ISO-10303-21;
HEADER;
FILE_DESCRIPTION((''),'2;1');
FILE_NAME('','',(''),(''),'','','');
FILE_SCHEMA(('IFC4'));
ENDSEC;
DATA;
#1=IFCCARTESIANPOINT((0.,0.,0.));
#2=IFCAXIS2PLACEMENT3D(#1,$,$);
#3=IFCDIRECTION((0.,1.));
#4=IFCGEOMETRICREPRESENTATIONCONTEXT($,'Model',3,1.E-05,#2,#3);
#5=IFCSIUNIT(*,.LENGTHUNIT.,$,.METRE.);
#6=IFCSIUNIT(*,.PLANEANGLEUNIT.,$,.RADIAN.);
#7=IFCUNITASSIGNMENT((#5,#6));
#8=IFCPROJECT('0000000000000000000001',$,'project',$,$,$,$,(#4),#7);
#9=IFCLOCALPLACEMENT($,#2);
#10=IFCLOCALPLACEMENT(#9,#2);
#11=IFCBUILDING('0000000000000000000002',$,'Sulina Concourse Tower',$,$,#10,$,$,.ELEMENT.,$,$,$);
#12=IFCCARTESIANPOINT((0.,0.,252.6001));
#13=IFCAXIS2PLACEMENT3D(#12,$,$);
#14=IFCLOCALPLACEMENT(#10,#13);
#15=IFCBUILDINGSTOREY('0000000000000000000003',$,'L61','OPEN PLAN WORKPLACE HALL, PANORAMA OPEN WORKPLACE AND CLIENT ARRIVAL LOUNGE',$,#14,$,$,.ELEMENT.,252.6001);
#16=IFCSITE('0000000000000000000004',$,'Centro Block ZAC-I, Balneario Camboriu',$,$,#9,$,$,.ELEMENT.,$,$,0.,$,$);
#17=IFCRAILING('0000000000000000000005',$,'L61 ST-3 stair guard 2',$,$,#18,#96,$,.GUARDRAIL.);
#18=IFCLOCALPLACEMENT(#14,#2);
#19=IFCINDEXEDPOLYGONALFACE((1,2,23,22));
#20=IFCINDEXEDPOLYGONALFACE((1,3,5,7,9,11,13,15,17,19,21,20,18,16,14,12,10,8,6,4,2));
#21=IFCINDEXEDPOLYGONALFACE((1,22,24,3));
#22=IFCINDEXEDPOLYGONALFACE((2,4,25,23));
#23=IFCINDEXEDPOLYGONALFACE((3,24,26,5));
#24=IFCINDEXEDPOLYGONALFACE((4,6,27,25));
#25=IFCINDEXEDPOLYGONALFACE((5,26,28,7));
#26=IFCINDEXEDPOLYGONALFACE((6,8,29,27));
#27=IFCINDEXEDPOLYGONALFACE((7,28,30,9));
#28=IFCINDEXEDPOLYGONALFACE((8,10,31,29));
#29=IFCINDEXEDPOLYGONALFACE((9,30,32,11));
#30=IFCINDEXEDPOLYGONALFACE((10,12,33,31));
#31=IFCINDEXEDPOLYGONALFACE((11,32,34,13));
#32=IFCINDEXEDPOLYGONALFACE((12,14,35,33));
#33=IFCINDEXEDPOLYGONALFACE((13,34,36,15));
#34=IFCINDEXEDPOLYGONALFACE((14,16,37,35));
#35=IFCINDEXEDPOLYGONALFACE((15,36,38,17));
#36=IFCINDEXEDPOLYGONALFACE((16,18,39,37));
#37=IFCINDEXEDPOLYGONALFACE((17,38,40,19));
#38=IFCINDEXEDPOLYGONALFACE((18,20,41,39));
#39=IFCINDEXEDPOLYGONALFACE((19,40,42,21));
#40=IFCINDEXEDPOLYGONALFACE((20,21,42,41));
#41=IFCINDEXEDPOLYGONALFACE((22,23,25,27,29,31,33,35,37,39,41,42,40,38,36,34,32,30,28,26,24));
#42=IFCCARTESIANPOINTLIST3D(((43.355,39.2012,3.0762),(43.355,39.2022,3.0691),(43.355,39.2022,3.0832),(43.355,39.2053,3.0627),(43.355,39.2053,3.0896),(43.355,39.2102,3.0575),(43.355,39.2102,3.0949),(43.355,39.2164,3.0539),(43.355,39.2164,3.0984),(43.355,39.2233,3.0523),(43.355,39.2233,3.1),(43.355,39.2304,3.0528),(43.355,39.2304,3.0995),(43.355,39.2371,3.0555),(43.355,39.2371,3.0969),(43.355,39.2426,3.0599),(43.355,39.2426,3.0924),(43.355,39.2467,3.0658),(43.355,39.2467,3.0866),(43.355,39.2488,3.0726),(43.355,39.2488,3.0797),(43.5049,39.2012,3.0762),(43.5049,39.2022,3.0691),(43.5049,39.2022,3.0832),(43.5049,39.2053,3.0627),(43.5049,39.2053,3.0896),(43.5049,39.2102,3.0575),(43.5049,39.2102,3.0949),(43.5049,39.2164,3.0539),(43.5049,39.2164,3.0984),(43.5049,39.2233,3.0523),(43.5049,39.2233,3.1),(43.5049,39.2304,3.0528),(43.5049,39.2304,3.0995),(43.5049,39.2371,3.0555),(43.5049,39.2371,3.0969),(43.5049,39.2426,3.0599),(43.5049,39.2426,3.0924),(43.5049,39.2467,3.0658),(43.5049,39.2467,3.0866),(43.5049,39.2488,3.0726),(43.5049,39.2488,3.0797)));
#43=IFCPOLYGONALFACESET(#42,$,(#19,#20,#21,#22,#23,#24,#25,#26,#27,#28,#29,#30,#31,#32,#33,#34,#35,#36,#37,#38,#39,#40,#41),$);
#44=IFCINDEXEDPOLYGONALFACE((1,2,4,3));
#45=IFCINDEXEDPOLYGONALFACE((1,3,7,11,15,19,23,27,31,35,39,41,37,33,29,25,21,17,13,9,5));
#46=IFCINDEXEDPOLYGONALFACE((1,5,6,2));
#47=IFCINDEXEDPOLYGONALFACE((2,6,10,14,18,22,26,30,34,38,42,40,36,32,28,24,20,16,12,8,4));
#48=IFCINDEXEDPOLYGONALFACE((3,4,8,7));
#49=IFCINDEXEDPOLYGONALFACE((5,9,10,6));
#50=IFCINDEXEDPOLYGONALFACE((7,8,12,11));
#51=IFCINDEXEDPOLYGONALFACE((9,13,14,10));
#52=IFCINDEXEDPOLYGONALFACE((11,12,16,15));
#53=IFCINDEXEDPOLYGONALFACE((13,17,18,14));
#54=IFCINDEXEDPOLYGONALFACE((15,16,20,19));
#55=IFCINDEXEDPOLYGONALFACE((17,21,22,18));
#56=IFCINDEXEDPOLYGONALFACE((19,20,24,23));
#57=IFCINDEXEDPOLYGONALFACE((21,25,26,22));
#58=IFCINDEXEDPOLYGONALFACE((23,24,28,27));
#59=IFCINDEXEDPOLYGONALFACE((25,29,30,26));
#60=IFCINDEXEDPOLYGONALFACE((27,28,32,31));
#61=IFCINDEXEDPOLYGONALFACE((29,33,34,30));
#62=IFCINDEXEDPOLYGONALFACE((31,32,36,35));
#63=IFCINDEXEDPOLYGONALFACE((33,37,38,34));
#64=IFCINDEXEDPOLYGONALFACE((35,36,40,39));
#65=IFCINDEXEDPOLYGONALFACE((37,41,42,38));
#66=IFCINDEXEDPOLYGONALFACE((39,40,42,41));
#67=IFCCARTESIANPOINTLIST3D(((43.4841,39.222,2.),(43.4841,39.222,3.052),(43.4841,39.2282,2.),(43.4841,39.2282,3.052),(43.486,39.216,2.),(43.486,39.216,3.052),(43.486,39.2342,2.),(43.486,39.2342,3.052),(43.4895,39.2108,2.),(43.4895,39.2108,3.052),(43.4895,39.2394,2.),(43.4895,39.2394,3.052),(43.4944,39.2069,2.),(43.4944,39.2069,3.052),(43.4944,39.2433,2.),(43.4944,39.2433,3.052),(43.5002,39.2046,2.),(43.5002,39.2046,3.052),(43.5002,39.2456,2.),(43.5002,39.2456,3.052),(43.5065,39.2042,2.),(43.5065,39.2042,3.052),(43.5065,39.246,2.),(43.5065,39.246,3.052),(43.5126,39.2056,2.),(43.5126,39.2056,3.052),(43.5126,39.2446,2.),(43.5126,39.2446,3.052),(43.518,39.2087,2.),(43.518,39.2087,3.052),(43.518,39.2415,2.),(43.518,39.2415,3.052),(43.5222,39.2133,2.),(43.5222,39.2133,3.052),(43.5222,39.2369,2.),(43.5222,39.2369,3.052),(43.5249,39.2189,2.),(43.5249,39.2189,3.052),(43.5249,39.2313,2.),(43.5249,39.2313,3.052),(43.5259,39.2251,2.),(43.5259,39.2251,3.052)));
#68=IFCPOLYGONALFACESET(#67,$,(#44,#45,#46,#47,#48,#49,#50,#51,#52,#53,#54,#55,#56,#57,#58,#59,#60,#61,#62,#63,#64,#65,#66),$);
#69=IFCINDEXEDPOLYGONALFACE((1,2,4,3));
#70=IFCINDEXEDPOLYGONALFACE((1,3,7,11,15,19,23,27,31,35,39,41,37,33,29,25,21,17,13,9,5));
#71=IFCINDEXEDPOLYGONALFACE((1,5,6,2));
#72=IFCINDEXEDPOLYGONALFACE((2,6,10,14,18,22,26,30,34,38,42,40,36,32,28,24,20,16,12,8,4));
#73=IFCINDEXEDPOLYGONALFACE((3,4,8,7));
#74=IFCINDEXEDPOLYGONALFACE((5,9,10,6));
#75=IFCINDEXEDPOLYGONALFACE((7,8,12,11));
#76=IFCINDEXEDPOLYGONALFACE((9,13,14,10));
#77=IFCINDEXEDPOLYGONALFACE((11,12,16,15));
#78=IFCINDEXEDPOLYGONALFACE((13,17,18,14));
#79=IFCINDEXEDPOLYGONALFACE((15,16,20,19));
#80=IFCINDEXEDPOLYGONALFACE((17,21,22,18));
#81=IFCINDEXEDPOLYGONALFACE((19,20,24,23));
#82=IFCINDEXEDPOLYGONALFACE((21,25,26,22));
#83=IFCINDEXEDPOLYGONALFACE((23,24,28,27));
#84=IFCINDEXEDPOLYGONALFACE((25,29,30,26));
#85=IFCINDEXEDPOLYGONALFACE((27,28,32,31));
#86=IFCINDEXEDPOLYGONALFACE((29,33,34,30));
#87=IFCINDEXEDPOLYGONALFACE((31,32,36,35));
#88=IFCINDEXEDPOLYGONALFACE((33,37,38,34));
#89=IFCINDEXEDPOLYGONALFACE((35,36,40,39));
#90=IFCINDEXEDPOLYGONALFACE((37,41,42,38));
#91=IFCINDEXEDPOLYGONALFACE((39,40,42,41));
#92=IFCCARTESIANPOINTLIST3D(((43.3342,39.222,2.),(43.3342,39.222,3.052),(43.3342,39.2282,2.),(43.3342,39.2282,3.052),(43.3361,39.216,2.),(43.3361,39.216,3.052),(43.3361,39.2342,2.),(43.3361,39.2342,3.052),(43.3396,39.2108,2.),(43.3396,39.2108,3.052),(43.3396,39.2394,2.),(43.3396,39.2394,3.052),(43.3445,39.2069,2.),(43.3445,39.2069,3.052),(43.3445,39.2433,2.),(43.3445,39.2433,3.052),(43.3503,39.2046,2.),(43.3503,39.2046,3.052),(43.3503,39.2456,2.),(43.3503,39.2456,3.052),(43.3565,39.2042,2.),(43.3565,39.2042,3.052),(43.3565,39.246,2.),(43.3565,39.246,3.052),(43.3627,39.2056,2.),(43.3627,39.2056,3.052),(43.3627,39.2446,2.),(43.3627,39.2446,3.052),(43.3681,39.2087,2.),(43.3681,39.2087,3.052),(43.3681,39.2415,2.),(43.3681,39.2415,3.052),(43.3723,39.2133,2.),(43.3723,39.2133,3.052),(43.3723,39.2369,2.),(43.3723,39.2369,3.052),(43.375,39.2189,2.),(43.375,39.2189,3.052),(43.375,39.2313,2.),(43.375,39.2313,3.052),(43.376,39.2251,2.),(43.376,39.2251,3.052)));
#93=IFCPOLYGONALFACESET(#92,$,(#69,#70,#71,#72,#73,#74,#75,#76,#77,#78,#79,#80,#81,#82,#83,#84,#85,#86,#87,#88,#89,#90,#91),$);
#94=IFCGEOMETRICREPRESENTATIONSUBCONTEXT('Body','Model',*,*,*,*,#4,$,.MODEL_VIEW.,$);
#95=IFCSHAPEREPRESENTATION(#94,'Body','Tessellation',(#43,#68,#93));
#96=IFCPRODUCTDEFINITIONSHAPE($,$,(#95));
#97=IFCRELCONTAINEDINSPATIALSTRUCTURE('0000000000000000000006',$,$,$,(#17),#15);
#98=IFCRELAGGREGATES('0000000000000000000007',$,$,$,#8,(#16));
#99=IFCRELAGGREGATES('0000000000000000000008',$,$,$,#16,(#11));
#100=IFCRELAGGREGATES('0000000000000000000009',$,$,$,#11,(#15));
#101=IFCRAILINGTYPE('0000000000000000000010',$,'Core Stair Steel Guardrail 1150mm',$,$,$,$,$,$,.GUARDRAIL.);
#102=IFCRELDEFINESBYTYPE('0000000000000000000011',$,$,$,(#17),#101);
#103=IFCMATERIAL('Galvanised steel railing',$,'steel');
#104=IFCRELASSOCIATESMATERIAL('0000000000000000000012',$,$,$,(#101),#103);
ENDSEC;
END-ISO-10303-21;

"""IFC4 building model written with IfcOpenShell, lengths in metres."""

from ifc_helpers import new_model, si_unit, direction, frame, origin, origin_2d, place, context, subcontext, project, spatial, circle, extrude, material, type_object, element, save


model = new_model("IFC4")

# Units and contexts
model_context = context("Model", 3, precision=1e-05, world=origin(), true_north=direction((0.0, 1.0)))
body_context = subcontext(model_context, "Body", "Model", "MODEL_VIEW")
ifc_project = project(units=[si_unit("LENGTHUNIT", "METRE"), si_unit("PLANEANGLEUNIT", "RADIAN")], contexts=[model_context])

# Site, building, storey
site_placement = place(None, origin())
site = spatial("IfcSite", under=ifc_project, at=site_placement, Name="Centro Block ZAC-I, Balneario Camboriu", CompositionType="ELEMENT", RefElevation=0.0)
building_placement = place(site_placement, origin())
building = spatial("IfcBuilding", under=site, at=building_placement, Name="Sulina Concourse Tower", CompositionType="ELEMENT")
storey_placement = place(building_placement, frame((0.0, 0.0, 252.6001)))
storey = spatial("IfcBuildingStorey", under=building, at=storey_placement, Name="L61", Description="OPEN PLAN WORKPLACE HALL, PANORAMA OPEN WORKPLACE AND CLIENT ARRIVAL LOUNGE", CompositionType="ELEMENT", Elevation=252.6001)

# Railing
ifc_material_1 = material(Name="Galvanised steel railing", Category="steel")
railing_type_1 = type_object("IfcRailingType", Name="Core Stair Steel Guardrail 1150mm", PredefinedType="GUARDRAIL", material=ifc_material_1)
railing_1_placement = place(storey_placement, frame((43.5049, 39.2251, 2.0)))
element("IfcRailing", 1, at=railing_1_placement, inside=storey, type_object=railing_type_1, Name="L61 ST-3 stair guard 2", PredefinedType="GUARDRAIL", context=body_context, shape_type="SweptSolid", body=[
    extrude(circle(Radius=0.0239, at=origin_2d()), frame((0.0, 0.0, 1.0762), z_axis=(-1.0, 0.0, 0.0), x_axis=(0.0, -1.0, 0.0)), (0.0, 0.0, 1.0), 0.1499),
    extrude(circle(Radius=0.021, at=origin_2d()), origin(), (0.0, 0.0, 1.0), 1.052),
    extrude(circle(Radius=0.021, at=origin_2d()), frame((-0.1499, 0.0, 0.0)), (0.0, 0.0, 1.0), 1.052),
])

save(model, "model.ifc")
